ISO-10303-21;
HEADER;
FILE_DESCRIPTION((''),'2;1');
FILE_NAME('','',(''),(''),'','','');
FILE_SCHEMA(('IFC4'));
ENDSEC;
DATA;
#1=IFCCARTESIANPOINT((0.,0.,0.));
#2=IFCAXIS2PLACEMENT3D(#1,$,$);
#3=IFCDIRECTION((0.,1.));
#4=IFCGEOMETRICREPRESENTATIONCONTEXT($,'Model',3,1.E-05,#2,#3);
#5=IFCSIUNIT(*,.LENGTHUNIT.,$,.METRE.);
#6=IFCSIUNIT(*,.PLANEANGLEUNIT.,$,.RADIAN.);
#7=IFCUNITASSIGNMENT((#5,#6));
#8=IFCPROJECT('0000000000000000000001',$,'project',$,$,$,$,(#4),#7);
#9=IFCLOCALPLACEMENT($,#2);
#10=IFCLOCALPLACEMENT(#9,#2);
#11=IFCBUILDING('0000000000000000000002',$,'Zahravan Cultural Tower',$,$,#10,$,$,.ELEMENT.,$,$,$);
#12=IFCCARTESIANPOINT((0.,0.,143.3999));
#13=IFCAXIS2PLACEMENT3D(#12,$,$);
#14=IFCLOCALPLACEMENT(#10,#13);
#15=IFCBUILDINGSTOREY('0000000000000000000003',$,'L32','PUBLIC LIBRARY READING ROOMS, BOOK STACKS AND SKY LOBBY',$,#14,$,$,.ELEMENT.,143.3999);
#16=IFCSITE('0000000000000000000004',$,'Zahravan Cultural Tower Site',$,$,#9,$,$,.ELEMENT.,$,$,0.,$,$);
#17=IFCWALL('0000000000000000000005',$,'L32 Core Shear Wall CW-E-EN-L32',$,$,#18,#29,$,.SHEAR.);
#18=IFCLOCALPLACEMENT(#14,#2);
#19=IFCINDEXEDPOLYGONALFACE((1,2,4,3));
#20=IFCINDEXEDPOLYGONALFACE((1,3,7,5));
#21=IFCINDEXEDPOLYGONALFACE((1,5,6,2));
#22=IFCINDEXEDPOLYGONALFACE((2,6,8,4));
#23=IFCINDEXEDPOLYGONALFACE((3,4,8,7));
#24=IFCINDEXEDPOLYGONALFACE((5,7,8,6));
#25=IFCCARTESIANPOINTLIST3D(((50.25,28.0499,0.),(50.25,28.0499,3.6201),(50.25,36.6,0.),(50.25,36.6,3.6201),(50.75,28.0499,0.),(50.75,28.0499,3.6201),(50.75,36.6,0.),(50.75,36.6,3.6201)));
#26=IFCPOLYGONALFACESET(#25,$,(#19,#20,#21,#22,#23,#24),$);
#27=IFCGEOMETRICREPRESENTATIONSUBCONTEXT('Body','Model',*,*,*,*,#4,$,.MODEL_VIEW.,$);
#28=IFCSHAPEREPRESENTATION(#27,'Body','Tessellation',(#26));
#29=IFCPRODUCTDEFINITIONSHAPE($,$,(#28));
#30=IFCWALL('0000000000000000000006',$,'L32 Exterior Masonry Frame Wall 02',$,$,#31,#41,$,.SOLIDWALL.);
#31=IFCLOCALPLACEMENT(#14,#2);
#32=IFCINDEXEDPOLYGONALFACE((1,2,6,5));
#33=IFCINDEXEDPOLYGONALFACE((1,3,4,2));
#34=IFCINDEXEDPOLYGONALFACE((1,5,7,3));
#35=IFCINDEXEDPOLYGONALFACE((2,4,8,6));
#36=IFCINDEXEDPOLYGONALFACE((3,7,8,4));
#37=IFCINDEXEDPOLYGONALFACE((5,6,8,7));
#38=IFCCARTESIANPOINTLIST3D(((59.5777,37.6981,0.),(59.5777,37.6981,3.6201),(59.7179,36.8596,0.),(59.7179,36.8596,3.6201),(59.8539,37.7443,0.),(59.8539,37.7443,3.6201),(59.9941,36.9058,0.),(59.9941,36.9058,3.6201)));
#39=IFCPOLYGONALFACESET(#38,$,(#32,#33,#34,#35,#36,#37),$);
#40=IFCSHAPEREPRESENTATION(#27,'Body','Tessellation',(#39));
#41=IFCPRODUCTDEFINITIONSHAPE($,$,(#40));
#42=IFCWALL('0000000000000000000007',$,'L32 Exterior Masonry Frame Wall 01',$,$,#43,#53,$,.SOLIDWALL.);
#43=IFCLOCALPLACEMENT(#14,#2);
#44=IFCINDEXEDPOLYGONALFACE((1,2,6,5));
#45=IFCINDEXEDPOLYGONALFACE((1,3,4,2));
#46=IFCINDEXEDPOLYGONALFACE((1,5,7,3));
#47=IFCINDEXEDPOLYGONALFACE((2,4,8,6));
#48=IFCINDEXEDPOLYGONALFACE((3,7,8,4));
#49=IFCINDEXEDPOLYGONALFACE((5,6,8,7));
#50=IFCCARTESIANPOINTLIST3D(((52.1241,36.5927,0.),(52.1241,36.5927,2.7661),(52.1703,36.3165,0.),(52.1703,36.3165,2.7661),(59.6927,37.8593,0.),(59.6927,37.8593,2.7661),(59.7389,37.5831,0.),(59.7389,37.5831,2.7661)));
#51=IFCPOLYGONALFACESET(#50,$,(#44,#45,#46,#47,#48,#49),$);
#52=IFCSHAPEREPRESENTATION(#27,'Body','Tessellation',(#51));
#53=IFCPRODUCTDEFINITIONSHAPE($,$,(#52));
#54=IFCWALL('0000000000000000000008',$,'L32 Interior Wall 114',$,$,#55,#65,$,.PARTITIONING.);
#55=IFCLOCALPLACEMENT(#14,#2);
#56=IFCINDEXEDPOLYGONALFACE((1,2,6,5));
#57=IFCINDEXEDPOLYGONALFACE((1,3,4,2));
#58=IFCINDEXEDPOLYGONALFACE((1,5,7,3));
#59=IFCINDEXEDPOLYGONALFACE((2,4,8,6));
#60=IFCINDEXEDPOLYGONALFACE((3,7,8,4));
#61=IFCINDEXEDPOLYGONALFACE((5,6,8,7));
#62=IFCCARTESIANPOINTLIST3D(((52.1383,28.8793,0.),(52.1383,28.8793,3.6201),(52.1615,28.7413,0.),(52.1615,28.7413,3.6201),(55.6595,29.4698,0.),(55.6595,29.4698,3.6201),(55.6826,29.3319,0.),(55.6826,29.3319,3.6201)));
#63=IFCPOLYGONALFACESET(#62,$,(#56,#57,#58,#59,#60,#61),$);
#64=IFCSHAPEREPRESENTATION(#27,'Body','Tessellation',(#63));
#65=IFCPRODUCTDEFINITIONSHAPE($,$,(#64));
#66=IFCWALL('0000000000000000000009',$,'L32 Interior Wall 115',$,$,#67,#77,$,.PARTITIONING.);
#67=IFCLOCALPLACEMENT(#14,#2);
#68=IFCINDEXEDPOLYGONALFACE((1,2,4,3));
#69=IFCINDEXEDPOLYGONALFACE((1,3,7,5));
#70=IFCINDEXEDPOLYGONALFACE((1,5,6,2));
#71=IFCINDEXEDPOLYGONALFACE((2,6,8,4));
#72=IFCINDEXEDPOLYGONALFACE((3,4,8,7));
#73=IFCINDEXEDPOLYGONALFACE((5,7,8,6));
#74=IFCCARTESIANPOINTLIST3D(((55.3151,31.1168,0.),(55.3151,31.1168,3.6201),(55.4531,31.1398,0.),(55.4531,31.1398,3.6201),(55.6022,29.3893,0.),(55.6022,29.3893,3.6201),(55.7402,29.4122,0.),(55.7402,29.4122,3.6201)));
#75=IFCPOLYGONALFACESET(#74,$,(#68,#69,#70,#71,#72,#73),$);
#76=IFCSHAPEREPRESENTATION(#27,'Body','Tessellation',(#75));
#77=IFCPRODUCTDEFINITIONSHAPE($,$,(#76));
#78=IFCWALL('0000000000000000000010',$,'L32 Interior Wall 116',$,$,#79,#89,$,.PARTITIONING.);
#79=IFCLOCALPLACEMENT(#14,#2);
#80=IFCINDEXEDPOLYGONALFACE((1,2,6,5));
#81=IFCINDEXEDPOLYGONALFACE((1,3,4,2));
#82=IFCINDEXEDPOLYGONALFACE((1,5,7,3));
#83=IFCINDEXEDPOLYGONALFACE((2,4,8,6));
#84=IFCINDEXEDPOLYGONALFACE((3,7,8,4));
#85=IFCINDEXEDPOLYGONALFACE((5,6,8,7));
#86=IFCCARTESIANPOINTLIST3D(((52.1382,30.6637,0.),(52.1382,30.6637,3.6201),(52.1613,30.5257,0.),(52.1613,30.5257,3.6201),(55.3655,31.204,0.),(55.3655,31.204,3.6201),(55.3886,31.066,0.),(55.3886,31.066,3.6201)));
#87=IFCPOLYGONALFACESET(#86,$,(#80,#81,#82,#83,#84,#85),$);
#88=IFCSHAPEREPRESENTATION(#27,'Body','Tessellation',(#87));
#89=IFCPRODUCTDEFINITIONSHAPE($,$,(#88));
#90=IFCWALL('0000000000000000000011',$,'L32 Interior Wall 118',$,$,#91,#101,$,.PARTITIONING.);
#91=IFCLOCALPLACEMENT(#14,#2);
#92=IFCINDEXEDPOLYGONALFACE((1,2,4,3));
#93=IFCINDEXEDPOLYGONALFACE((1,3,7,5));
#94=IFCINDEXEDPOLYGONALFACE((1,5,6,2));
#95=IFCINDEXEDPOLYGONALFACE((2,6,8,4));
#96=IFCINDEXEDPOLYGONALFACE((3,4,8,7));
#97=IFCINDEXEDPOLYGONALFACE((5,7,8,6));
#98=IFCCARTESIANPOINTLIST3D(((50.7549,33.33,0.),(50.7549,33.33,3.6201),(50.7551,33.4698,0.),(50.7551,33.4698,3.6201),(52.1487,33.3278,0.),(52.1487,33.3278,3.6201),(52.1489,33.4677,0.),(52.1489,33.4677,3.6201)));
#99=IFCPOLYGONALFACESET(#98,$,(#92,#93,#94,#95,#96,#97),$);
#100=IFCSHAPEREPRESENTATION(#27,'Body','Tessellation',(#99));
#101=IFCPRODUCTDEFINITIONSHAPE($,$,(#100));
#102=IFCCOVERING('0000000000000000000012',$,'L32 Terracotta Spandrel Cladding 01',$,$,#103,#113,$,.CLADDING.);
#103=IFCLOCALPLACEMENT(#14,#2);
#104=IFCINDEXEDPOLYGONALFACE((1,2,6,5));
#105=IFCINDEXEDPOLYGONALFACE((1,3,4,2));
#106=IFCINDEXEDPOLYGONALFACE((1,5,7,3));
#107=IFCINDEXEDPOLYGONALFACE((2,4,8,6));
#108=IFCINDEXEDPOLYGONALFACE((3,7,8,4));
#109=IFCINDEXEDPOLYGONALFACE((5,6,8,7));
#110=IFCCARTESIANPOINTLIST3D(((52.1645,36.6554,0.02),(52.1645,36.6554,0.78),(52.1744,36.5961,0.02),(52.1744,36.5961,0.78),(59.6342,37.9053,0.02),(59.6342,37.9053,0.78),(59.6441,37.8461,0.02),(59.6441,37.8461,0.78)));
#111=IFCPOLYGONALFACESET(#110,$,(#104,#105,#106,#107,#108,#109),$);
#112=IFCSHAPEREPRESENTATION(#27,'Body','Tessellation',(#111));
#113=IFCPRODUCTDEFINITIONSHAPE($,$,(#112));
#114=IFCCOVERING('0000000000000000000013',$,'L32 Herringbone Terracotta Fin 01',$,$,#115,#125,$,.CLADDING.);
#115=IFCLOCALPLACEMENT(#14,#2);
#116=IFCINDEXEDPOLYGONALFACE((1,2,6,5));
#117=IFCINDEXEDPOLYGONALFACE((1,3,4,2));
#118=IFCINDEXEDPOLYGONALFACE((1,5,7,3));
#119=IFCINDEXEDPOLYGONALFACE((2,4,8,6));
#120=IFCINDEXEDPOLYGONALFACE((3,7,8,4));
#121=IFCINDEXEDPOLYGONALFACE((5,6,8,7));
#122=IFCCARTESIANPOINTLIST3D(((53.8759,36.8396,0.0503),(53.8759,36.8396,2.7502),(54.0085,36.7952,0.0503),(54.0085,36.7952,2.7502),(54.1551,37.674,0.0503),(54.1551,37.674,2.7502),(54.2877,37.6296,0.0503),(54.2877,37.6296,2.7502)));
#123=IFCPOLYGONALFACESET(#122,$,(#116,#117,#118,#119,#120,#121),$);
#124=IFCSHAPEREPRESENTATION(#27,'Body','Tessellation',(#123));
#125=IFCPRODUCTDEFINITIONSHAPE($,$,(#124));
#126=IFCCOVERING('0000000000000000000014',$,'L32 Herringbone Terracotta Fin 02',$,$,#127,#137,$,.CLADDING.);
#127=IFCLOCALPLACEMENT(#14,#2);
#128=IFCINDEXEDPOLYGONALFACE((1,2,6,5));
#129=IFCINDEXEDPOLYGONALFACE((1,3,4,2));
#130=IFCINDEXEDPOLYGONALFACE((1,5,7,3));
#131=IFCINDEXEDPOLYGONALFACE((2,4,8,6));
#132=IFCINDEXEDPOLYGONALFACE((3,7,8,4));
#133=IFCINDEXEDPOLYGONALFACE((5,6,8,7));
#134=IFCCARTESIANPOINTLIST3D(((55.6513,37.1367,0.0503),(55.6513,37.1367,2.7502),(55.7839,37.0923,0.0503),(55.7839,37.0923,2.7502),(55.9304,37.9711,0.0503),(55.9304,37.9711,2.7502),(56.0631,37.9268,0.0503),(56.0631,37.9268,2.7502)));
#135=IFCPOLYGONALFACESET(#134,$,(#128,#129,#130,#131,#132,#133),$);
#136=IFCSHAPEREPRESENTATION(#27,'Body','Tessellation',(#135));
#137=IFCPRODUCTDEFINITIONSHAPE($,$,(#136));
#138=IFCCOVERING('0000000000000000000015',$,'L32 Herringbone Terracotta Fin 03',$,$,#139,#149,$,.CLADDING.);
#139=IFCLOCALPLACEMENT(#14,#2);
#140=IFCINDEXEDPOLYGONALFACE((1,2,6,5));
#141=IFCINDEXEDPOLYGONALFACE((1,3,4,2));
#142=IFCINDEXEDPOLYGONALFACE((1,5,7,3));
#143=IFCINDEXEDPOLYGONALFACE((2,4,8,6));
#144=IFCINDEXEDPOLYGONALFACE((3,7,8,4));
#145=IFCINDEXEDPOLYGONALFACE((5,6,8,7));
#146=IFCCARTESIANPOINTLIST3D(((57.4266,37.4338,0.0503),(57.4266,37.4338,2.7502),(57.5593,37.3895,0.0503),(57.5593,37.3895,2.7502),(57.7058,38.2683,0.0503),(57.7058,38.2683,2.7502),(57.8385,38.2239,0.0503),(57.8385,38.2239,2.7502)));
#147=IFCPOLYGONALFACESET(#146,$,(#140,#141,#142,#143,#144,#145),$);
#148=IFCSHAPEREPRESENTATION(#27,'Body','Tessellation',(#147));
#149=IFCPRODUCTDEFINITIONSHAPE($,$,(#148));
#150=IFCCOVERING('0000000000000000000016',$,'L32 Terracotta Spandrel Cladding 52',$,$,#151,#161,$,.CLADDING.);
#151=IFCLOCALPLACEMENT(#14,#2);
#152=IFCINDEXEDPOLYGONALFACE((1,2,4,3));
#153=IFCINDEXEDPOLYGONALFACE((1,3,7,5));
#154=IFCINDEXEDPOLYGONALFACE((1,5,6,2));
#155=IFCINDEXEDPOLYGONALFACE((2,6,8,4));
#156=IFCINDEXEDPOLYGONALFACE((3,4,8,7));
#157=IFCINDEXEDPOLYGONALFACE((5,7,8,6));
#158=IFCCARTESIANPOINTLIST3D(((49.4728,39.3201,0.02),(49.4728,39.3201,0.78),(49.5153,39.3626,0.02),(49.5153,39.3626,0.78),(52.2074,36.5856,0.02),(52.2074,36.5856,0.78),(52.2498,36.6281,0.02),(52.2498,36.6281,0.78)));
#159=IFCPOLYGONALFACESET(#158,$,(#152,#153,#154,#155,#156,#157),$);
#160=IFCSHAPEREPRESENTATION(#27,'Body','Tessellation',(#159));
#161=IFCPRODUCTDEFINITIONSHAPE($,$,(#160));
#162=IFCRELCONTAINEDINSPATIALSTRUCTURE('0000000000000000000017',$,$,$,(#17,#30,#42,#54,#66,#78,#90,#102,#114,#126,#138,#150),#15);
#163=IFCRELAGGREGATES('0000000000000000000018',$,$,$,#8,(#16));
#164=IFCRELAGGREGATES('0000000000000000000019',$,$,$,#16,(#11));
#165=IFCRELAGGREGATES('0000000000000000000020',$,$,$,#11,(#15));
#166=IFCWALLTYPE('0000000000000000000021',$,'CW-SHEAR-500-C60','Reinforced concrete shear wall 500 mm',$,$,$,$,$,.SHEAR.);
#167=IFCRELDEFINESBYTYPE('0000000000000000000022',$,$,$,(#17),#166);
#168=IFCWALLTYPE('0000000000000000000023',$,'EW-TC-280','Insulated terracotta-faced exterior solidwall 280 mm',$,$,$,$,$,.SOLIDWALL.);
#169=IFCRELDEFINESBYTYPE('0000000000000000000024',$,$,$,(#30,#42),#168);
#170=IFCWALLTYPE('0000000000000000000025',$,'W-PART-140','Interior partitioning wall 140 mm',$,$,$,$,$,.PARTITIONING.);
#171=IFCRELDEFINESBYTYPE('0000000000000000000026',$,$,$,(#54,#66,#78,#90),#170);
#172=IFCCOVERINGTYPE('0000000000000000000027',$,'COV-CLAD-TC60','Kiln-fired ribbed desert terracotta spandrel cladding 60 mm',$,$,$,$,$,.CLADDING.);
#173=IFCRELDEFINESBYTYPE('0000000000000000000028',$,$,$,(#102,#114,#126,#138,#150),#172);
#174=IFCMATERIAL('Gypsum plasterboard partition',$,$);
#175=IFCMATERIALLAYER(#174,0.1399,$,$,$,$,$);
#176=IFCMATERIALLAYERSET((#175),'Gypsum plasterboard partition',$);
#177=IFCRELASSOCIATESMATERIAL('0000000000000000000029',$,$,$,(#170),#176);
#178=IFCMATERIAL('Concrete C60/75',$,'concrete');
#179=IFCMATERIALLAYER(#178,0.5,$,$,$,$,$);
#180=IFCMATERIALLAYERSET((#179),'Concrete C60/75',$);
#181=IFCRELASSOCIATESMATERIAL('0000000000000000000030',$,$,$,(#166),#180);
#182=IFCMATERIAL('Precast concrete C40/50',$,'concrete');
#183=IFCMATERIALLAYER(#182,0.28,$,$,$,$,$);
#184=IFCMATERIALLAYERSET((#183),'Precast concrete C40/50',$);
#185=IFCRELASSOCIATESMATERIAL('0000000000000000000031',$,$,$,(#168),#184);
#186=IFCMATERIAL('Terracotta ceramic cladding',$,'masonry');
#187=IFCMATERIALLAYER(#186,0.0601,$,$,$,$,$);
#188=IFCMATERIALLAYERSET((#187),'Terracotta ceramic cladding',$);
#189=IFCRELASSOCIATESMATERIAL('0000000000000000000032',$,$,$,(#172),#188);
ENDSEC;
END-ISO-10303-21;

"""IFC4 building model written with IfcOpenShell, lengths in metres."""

from ifc_helpers import new_model, si_unit, direction, frame, frame_2d, origin, origin_2d, place, context, subcontext, project, spatial, rectangle, extrude, source, transform, mapped, material, layer, layer_set, type_object, element, save


model = new_model("IFC4")

# Units and contexts
model_context = context("Model", 3, precision=1e-05, world=origin(), true_north=direction((0.0, 1.0)))
body_context = subcontext(model_context, "Body", "Model", "MODEL_VIEW")
ifc_project = project(units=[si_unit("LENGTHUNIT", "METRE"), si_unit("PLANEANGLEUNIT", "RADIAN")], contexts=[model_context])

# Site, building, storey
site_placement = place(None, origin())
site = spatial("IfcSite", under=ifc_project, at=site_placement, Name="Zahravan Cultural Tower Site", CompositionType="ELEMENT", RefElevation=0.0)
building_placement = place(site_placement, origin())
building = spatial("IfcBuilding", under=site, at=building_placement, Name="Zahravan Cultural Tower", CompositionType="ELEMENT")
storey_placement = place(building_placement, frame((0.0, 0.0, 143.3999)))
storey = spatial("IfcBuildingStorey", under=building, at=storey_placement, Name="L32", Description="PUBLIC LIBRARY READING ROOMS, BOOK STACKS AND SKY LOBBY", CompositionType="ELEMENT", Elevation=143.3999)

# Shared definitions
ifc_material_1 = material(Name="Gypsum plasterboard partition")
ifc_layer_1 = layer(ifc_material_1, 0.1399)
ifc_layer_set_1 = layer_set([ifc_layer_1], Name="Gypsum plasterboard partition")
wall_type_1 = type_object("IfcWallType", Name="W-PART-140", Description="Interior partitioning wall 140 mm", PredefinedType="PARTITIONING", material=ifc_layer_set_1)

# Walls
ifc_material_2 = material(Name="Concrete C60/75", Category="concrete")
ifc_layer_2 = layer(ifc_material_2, 0.5)
ifc_layer_set_2 = layer_set([ifc_layer_2], Name="Concrete C60/75")
wall_type_2 = type_object("IfcWallType", Name="CW-SHEAR-500-C60", Description="Reinforced concrete shear wall 500 mm", PredefinedType="SHEAR", material=ifc_layer_set_2)
shared_shape_1 = source(origin(), body_context, "Body", "SweptSolid", [
    extrude(rectangle(XDim=8.55, YDim=0.5, at=frame_2d((4.2749, 0.0))), origin(), (0.0, 0.0, 1.0), 3.6201),
])
wall_1_placement = place(storey_placement, frame((50.5, 28.05, 0.0), z_axis=(0.0, 0.0, 1.0), x_axis=(0.0, 1.0, 0.0)))
element("IfcWall", 1, at=wall_1_placement, inside=storey, type_object=wall_type_2, Name="L32 Core Shear Wall CW-E-EN-L32", PredefinedType="SHEAR", context=body_context, shape_type="MappedRepresentation", body=[
    mapped(shared_shape_1, transform((0.0, 0.0, 0.0), x_axis=(1.0, 0.0, 0.0), y_axis=(0.0, 1.0, 0.0), z_axis=(0.0, 0.0, 1.0), scale=1.0)),
])
ifc_material_3 = material(Name="Precast concrete C40/50", Category="concrete")
ifc_layer_3 = layer(ifc_material_3, 0.28)
ifc_layer_set_3 = layer_set([ifc_layer_3], Name="Precast concrete C40/50")
wall_type_3 = type_object("IfcWallType", Name="EW-TC-280", Description="Insulated terracotta-faced exterior solidwall 280 mm", PredefinedType="SOLIDWALL", material=ifc_layer_set_3)
shared_shape_2 = source(origin(), body_context, "Body", "SweptSolid", [
    extrude(rectangle(XDim=0.8501, YDim=0.28, at=frame_2d((0.425, 0.0))), origin(), (0.0, 0.0, 1.0), 3.6201),
])
wall_2_placement = place(storey_placement, frame((59.7158, 37.7212, 0.0), z_axis=(0.0, 0.0, 1.0), x_axis=(0.164865, -0.986316, 0.0)))
element("IfcWall", 2, at=wall_2_placement, inside=storey, type_object=wall_type_3, Name="L32 Exterior Masonry Frame Wall 02", PredefinedType="SOLIDWALL", context=body_context, shape_type="MappedRepresentation", body=[
    mapped(shared_shape_2, transform((0.0, 0.0, 0.0), x_axis=(1.0, 0.0, 0.0), y_axis=(0.0, 1.0, 0.0), z_axis=(0.0, 0.0, 1.0), scale=1.0)),
])
shared_shape_3 = source(origin(), body_context, "Body", "SweptSolid", [
    extrude(rectangle(XDim=7.6738, YDim=0.28, at=frame_2d((3.8369, 0.0))), origin(), (0.0, 0.0, 1.0), 2.7661),
])
wall_3_placement = place(storey_placement, frame((52.1472, 36.4546, 0.0), z_axis=(0.0, 0.0, 1.0), x_axis=(0.986285, 0.165054, 0.0)))
element("IfcWall", 3, at=wall_3_placement, inside=storey, type_object=wall_type_3, Name="L32 Exterior Masonry Frame Wall 01", PredefinedType="SOLIDWALL", context=body_context, shape_type="MappedRepresentation", body=[
    mapped(shared_shape_3, transform((0.0, 0.0, 0.0), x_axis=(1.0, 0.0, 0.0), y_axis=(0.0, 1.0, 0.0), z_axis=(0.0, 0.0, 1.0), scale=1.0)),
])
shared_shape_4 = source(origin(), body_context, "Body", "SweptSolid", [
    extrude(rectangle(XDim=3.5703, YDim=0.1399, at=frame_2d((1.7852, 0.0))), origin(), (0.0, 0.0, 1.0), 3.6201),
])
wall_4_placement = place(storey_placement, frame((52.1499, 28.8103, 0.0), z_axis=(0.0, 0.0, 1.0), x_axis=(0.986225, 0.165408, 0.0)))
element("IfcWall", 4, at=wall_4_placement, inside=storey, type_object=wall_type_1, Name="L32 Interior Wall 114", PredefinedType="PARTITIONING", context=body_context, shape_type="MappedRepresentation", body=[
    mapped(shared_shape_4, transform((0.0, 0.0, 0.0), x_axis=(1.0, 0.0, 0.0), y_axis=(0.0, 1.0, 0.0), z_axis=(0.0, 0.0, 1.0), scale=1.0)),
])
shared_shape_5 = source(origin(), body_context, "Body", "SweptSolid", [
    extrude(rectangle(XDim=1.7512, YDim=0.1399, at=frame_2d((0.8755, 0.0))), origin(), (0.0, 0.0, 1.0), 3.6201),
])
wall_5_placement = place(storey_placement, frame((55.6711, 29.4009, 0.0), z_axis=(0.0, 0.0, 1.0), x_axis=(-0.163947, 0.986469, 0.0)))
element("IfcWall", 5, at=wall_5_placement, inside=storey, type_object=wall_type_1, Name="L32 Interior Wall 115", PredefinedType="PARTITIONING", context=body_context, shape_type="MappedRepresentation", body=[
    mapped(shared_shape_5, transform((0.0, 0.0, 0.0), x_axis=(1.0, 0.0, 0.0), y_axis=(0.0, 1.0, 0.0), z_axis=(0.0, 0.0, 1.0), scale=1.0)),
])
shared_shape_6 = source(origin(), body_context, "Body", "SweptSolid", [
    extrude(rectangle(XDim=3.2722, YDim=0.1399, at=frame_2d((1.6362, 0.0))), origin(), (0.0, 0.0, 1.0), 3.6201),
])
wall_6_placement = place(storey_placement, frame((55.3772, 31.135, 0.0), z_axis=(0.0, 0.0, 1.0), x_axis=(-0.986275, -0.165113, 0.0)))
element("IfcWall", 6, at=wall_6_placement, inside=storey, type_object=wall_type_1, Name="L32 Interior Wall 116", PredefinedType="PARTITIONING", context=body_context, shape_type="MappedRepresentation", body=[
    mapped(shared_shape_6, transform((0.0, 0.0, 0.0), x_axis=(1.0, 0.0, 0.0), y_axis=(0.0, 1.0, 0.0), z_axis=(0.0, 0.0, 1.0), scale=1.0)),
])
shared_shape_7 = source(origin(), body_context, "Body", "SweptSolid", [
    extrude(rectangle(XDim=1.3938, YDim=0.1399, at=frame_2d((0.6968, 0.0))), origin(), (0.0, 0.0, 1.0), 3.6201),
])
wall_7_placement = place(storey_placement, frame((52.1487, 33.3977, 0.0), z_axis=(0.0, 0.0, 1.0), x_axis=(-0.999999, 0.001576, 0.0)))
element("IfcWall", 7, at=wall_7_placement, inside=storey, type_object=wall_type_1, Name="L32 Interior Wall 118", PredefinedType="PARTITIONING", context=body_context, shape_type="MappedRepresentation", body=[
    mapped(shared_shape_7, transform((0.0, 0.0, 0.0), x_axis=(1.0, 0.0, 0.0), y_axis=(0.0, 1.0, 0.0), z_axis=(0.0, 0.0, 1.0), scale=1.0)),
])

# Coverings
ifc_material_4 = material(Name="Terracotta ceramic cladding", Category="masonry")
ifc_layer_4 = layer(ifc_material_4, 0.0601)
ifc_layer_set_4 = layer_set([ifc_layer_4], Name="Terracotta ceramic cladding")
covering_type = type_object("IfcCoveringType", Name="COV-CLAD-TC60", Description="Kiln-fired ribbed desert terracotta spandrel cladding 60 mm", PredefinedType="CLADDING", material=ifc_layer_set_4)
shared_shape_8 = source(origin(), body_context, "Body", "SweptSolid", [
    extrude(rectangle(XDim=7.5735, YDim=0.0601, at=origin_2d()), origin(), (0.0, 0.0, 1.0), 0.76),
])
covering_1_placement = place(storey_placement, frame((55.9043, 37.2507, 0.02), z_axis=(0.0, 0.0, 1.0), x_axis=(0.986286, 0.165048, 0.0)))
element("IfcCovering", 8, at=covering_1_placement, inside=storey, type_object=covering_type, Name="L32 Terracotta Spandrel Cladding 01", PredefinedType="CLADDING", context=body_context, shape_type="MappedRepresentation", body=[
    mapped(shared_shape_8, transform((0.0, 0.0, 0.0), x_axis=(1.0, 0.0, 0.0), y_axis=(0.0, 1.0, 0.0), z_axis=(0.0, 0.0, 1.0), scale=1.0)),
])
shared_shape_9 = source(origin(), body_context, "Body", "SweptSolid", [
    extrude(rectangle(XDim=0.8799, YDim=0.1399, at=origin_2d()), origin(), (0.0, 0.0, 1.0), 2.7),
])
for number, where, z_axis, x_axis, name in (
    (9, (54.0818, 37.2346, 0.0503), (0.0, 0.0, 1.0), (0.317305, 0.948324, 0.0), "L32 Herringbone Terracotta Fin 01"),
    (10, (55.8572, 37.5317, 0.0503), (0.0, 0.0, 1.0), (0.317305, 0.948324, 0.0), "L32 Herringbone Terracotta Fin 02"),
    (11, (57.6326, 37.8289, 0.0503), (0.0, 0.0, 1.0), (0.317305, 0.948324, 0.0), "L32 Herringbone Terracotta Fin 03"),
):
    element("IfcCovering", number, at=place(storey_placement, frame(where, z_axis=z_axis, x_axis=x_axis)), inside=storey, type_object=covering_type, Name=name, PredefinedType="CLADDING", context=body_context, shape_type="MappedRepresentation", body=[
        mapped(shared_shape_9, transform((0.0, 0.0, 0.0), x_axis=(1.0, 0.0, 0.0), y_axis=(0.0, 1.0, 0.0), z_axis=(0.0, 0.0, 1.0), scale=1.0)),
    ])
shared_shape_10 = source(origin(), body_context, "Body", "SweptSolid", [
    extrude(rectangle(XDim=3.8672, YDim=0.0601, at=origin_2d()), origin(), (0.0, 0.0, 1.0), 0.76),
])
covering_2_placement = place(storey_placement, frame((50.8613, 37.9741, 0.02), z_axis=(0.0, 0.0, 1.0), x_axis=(0.707107, -0.707107, 0.0)))
element("IfcCovering", 12, at=covering_2_placement, inside=storey, type_object=covering_type, Name="L32 Terracotta Spandrel Cladding 52", PredefinedType="CLADDING", context=body_context, shape_type="MappedRepresentation", body=[
    mapped(shared_shape_10, transform((0.0, 0.0, 0.0), x_axis=(1.0, 0.0, 0.0), y_axis=(0.0, 1.0, 0.0), z_axis=(0.0, 0.0, 1.0), scale=1.0)),
])

save(model, "model.ifc")
